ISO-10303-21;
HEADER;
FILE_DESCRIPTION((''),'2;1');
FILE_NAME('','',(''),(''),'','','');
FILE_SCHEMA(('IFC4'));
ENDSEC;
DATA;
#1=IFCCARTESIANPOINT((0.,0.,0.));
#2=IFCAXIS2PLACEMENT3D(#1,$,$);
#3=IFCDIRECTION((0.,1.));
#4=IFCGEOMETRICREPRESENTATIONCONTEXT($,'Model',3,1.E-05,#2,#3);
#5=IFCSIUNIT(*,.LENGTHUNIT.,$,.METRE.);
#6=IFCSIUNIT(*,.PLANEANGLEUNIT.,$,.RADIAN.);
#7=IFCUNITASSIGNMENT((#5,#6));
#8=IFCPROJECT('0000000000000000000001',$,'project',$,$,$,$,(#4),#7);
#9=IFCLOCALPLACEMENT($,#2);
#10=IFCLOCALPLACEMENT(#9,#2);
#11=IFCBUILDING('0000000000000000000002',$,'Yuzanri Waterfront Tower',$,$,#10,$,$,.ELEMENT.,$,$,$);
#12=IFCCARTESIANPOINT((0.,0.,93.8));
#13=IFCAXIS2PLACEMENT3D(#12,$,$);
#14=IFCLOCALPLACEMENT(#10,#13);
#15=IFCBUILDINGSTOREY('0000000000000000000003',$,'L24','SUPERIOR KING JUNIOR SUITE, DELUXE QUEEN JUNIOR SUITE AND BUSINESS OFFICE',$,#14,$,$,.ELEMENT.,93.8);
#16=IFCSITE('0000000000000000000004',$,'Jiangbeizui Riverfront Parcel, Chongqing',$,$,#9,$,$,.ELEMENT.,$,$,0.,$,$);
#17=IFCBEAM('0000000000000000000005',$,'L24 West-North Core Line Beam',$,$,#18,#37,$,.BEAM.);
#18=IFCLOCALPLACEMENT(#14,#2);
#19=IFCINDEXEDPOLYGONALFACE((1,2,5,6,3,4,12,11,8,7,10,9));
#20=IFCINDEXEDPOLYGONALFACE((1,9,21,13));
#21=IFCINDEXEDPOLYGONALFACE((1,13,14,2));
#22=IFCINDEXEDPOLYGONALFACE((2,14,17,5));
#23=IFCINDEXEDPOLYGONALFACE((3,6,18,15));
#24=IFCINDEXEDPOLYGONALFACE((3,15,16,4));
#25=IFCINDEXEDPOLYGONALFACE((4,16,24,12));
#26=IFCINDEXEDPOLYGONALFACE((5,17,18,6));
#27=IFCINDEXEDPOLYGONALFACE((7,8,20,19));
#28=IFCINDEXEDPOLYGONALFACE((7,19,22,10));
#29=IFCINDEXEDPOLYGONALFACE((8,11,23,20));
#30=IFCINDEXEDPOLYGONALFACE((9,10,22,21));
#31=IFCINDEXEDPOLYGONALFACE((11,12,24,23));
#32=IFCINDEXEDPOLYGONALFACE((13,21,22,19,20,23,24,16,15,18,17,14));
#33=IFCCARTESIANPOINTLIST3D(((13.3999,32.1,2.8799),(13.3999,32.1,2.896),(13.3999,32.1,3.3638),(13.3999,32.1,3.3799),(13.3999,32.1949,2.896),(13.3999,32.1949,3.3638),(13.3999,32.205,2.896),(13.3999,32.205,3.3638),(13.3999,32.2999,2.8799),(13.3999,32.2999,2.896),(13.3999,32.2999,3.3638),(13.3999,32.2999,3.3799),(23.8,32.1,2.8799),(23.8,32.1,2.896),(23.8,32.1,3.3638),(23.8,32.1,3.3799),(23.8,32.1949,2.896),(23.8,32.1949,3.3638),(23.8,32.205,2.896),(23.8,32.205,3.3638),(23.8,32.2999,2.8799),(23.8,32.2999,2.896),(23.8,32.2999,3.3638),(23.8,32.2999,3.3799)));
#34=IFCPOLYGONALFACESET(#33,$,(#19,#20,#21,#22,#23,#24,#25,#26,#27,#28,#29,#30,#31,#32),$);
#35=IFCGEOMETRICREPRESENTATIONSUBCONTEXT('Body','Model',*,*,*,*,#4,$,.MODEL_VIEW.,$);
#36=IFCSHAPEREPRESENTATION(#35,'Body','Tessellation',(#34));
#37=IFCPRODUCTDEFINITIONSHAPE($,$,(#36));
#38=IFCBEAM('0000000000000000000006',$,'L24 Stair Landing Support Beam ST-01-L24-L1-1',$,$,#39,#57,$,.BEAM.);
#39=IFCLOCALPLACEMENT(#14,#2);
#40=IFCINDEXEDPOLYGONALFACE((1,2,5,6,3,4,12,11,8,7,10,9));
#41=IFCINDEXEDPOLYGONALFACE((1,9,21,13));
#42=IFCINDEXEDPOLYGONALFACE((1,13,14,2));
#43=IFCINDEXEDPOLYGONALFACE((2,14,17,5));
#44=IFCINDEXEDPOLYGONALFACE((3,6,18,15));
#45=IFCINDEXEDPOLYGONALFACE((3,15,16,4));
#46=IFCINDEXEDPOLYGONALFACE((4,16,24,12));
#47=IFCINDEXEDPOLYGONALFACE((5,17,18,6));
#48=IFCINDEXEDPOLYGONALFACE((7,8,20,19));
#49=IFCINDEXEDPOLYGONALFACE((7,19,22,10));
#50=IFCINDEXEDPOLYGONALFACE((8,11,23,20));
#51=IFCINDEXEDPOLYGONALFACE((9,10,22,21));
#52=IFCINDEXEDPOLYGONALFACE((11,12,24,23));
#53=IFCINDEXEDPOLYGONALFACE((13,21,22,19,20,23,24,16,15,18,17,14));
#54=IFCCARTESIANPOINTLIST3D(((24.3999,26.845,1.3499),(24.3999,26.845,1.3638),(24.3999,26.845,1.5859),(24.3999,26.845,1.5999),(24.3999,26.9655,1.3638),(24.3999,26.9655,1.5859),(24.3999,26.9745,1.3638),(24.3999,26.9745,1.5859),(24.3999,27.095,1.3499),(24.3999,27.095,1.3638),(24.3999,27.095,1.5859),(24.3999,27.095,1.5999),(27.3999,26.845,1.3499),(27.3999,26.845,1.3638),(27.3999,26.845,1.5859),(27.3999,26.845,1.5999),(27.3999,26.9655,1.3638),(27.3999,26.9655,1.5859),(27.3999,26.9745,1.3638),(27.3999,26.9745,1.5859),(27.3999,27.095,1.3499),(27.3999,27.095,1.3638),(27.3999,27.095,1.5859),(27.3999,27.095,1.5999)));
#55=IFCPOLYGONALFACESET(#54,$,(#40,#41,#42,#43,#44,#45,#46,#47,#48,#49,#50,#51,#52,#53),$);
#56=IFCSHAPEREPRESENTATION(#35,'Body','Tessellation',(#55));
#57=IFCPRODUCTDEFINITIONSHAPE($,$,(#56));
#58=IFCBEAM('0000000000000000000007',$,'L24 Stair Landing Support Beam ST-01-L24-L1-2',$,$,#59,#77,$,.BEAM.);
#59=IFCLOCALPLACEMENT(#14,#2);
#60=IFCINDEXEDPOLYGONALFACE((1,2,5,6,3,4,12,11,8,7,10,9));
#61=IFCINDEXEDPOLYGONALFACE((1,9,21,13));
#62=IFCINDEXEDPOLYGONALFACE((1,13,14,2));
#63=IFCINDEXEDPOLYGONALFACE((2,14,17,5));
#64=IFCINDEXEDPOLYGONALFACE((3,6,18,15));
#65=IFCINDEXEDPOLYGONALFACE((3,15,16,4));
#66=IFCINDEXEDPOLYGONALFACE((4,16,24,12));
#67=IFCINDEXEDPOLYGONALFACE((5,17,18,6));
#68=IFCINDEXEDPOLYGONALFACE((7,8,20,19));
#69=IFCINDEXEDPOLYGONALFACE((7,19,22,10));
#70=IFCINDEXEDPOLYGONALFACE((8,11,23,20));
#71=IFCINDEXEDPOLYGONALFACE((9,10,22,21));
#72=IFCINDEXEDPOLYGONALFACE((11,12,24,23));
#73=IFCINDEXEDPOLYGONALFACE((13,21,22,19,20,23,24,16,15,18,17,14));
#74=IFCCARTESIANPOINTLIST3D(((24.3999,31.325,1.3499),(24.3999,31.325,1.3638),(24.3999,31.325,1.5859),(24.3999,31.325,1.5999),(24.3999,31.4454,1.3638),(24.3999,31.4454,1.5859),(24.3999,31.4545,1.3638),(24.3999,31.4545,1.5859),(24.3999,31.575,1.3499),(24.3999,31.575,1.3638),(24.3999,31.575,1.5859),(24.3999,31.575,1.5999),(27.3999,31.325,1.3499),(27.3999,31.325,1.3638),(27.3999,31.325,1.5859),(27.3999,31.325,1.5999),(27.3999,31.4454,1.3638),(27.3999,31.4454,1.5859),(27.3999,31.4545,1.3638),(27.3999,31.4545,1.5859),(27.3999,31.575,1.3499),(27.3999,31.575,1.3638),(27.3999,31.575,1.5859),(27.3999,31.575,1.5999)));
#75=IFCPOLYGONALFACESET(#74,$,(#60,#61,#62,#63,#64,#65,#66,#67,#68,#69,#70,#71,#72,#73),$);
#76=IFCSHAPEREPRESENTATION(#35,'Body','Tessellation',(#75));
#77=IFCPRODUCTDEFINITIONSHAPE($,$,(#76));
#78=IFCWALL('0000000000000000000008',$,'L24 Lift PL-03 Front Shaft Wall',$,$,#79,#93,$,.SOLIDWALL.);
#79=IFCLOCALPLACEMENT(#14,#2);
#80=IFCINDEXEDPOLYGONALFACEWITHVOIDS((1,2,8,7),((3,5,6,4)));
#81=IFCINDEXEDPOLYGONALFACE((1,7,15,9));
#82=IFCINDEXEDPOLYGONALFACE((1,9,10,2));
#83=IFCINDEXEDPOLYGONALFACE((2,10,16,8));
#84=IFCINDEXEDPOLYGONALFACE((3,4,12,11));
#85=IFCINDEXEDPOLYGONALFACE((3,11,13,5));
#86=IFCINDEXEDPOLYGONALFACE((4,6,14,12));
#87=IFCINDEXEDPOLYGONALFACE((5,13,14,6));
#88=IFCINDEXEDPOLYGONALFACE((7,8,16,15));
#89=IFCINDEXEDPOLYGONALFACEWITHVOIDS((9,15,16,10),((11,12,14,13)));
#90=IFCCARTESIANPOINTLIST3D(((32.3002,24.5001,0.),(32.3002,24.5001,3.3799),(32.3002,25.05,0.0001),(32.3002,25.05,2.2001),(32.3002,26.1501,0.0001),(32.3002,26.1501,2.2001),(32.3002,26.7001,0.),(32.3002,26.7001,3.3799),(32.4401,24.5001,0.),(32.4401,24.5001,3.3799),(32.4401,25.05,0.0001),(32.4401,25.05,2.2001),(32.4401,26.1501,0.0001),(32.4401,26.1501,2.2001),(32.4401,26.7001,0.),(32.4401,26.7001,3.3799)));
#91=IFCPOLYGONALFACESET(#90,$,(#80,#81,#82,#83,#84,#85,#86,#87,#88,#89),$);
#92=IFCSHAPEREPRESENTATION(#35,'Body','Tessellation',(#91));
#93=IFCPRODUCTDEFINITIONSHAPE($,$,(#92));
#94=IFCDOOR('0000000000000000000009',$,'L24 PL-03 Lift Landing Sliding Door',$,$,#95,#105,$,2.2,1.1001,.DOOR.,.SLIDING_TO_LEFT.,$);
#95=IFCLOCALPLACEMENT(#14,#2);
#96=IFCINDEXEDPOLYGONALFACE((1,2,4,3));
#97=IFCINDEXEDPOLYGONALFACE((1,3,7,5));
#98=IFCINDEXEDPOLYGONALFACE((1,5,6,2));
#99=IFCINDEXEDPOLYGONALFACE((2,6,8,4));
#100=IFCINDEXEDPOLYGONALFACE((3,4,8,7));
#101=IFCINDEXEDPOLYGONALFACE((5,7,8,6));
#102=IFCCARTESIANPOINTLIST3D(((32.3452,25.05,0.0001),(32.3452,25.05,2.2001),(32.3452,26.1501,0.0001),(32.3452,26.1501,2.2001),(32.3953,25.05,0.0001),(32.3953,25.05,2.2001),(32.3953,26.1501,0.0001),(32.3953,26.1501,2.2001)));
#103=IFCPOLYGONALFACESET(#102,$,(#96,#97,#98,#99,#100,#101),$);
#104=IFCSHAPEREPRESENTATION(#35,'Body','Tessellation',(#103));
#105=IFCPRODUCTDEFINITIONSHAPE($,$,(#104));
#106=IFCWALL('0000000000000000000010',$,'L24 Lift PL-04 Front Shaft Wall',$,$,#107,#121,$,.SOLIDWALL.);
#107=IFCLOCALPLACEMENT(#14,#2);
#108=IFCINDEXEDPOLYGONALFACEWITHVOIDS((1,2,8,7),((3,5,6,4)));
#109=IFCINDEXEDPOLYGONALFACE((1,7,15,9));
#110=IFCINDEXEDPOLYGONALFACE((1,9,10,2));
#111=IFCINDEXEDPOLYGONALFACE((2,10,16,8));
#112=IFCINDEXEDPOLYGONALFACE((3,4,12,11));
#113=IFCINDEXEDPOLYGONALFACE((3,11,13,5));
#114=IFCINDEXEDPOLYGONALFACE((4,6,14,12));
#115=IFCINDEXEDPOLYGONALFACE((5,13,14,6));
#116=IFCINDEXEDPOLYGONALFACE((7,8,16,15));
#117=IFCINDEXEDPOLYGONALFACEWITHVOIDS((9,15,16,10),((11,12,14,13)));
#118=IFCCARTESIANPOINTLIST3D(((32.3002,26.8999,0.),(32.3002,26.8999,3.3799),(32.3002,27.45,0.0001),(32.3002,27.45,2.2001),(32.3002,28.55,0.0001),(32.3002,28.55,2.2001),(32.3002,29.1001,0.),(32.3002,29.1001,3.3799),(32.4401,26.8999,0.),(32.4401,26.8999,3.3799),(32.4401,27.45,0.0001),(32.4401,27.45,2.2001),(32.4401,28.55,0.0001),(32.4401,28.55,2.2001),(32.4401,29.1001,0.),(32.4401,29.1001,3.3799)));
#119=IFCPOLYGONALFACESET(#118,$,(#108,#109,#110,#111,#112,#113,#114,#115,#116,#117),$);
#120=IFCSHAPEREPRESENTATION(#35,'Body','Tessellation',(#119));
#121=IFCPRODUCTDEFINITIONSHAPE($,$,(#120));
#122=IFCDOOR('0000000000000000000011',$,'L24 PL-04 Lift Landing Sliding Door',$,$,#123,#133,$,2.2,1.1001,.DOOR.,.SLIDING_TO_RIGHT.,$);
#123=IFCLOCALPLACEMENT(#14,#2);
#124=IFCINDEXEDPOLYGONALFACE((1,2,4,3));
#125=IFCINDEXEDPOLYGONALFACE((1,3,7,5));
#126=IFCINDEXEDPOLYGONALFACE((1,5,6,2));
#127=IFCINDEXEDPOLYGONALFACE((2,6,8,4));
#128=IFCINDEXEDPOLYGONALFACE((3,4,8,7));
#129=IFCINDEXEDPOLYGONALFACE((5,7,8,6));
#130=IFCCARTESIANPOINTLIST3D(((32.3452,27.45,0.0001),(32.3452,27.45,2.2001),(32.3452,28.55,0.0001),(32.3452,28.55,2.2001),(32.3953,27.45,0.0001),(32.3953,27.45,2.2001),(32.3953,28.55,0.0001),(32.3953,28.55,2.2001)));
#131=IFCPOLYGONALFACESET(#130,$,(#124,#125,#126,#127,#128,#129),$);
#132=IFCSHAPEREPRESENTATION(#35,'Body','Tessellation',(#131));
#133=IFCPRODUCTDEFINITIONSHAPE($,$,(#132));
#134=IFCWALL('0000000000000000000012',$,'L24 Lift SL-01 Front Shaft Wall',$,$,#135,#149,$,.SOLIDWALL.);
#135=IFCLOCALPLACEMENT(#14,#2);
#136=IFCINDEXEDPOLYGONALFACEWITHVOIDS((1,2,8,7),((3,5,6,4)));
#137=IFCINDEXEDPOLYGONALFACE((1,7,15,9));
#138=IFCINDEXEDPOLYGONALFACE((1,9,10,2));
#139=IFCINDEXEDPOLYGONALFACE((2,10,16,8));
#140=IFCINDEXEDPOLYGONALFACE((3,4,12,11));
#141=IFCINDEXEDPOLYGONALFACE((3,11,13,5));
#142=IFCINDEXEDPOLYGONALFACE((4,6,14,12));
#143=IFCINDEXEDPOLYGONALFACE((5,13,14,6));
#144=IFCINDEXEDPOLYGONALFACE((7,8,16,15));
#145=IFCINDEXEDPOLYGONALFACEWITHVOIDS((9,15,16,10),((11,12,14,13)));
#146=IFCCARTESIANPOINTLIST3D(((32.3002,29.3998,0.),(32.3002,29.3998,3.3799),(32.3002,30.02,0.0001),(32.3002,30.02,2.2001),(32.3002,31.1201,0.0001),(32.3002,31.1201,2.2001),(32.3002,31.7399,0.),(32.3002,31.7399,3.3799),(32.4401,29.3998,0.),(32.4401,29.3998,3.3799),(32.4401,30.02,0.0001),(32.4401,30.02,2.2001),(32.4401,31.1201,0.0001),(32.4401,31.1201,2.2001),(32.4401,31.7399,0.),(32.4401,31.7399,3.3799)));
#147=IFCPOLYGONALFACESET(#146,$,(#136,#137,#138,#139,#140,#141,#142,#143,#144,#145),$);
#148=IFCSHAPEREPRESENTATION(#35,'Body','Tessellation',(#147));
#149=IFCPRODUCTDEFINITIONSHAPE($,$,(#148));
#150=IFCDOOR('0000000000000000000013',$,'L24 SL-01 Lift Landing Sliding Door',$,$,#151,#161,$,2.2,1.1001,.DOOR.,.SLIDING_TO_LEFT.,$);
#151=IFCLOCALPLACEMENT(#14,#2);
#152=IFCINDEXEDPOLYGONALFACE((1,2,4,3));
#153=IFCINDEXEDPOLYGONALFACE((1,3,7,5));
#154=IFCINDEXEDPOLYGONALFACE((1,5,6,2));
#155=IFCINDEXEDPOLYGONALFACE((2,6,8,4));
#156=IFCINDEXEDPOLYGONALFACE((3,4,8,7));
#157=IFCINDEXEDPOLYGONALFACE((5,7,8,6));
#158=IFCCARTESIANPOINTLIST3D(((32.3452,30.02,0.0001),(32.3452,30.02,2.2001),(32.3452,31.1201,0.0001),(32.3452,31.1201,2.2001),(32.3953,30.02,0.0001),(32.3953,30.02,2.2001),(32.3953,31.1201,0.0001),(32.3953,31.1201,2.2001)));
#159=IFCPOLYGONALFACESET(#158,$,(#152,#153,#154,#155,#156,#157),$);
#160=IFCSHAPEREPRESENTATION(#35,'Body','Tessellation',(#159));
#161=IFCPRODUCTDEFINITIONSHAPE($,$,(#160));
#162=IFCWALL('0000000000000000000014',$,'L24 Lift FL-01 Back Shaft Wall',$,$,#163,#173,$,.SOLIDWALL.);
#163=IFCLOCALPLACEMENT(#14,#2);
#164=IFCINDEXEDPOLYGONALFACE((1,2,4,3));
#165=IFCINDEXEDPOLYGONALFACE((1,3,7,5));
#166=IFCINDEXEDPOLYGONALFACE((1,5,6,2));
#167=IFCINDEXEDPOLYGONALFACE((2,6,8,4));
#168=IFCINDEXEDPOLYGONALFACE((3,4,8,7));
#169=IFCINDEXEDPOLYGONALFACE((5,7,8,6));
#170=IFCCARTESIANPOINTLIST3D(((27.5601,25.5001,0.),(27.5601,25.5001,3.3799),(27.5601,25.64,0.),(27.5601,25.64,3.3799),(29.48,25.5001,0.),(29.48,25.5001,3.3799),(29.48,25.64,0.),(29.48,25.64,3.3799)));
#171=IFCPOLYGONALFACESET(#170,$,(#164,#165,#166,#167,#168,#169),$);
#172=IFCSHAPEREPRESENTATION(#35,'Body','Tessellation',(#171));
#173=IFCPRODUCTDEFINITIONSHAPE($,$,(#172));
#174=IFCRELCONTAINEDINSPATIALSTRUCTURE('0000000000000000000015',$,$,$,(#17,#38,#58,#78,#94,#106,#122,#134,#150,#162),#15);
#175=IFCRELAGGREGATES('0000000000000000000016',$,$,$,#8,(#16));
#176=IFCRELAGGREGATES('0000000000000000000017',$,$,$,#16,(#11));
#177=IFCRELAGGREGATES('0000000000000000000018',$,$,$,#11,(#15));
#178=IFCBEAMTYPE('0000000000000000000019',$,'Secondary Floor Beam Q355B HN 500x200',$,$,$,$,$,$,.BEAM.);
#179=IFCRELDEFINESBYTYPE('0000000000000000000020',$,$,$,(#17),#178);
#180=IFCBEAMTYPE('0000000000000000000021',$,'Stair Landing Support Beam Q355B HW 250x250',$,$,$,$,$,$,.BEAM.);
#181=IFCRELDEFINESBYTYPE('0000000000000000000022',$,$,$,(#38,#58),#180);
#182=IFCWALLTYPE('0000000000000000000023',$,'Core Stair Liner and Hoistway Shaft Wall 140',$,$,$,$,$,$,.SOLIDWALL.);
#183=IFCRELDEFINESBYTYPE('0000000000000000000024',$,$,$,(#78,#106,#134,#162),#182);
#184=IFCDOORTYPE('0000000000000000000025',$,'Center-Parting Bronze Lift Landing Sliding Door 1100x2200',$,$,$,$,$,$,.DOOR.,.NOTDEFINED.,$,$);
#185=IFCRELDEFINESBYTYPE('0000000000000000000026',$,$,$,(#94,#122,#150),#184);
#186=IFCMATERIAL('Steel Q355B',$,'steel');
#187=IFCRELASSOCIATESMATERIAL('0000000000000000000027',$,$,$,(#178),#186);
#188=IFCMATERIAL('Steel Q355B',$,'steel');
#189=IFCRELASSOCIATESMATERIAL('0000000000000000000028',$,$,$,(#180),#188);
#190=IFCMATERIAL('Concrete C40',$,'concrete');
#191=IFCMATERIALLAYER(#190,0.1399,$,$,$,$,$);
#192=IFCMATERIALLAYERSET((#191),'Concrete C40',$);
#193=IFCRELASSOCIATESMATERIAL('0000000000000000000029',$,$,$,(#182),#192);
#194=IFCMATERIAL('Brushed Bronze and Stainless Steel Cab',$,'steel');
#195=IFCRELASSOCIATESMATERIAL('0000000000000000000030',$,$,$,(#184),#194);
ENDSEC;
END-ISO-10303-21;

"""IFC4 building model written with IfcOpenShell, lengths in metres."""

from ifc_helpers import new_model, si_unit, direction, frame, frame_2d, origin, origin_2d, place, context, subcontext, project, spatial, rectangle, i_section, extrude, source, transform, mapped, material, layer, layer_set, material_profile, profile_set, type_object, element, fill, save


model = new_model("IFC4")

# Units and contexts
model_context = context("Model", 3, precision=1e-05, world=origin(), true_north=direction((0.0, 1.0)))
body_context = subcontext(model_context, "Body", "Model", "MODEL_VIEW")
ifc_project = project(units=[si_unit("LENGTHUNIT", "METRE"), si_unit("PLANEANGLEUNIT", "RADIAN")], contexts=[model_context])

# Site, building, storey
site_placement = place(None, origin())
site = spatial("IfcSite", under=ifc_project, at=site_placement, Name="Jiangbeizui Riverfront Parcel, Chongqing", CompositionType="ELEMENT", RefElevation=0.0)
building_placement = place(site_placement, origin())
building = spatial("IfcBuilding", under=site, at=building_placement, Name="Yuzanri Waterfront Tower", CompositionType="ELEMENT")
storey_placement = place(building_placement, frame((0.0, 0.0, 93.8)))
storey = spatial("IfcBuildingStorey", under=building, at=storey_placement, Name="L24", Description="SUPERIOR KING JUNIOR SUITE, DELUXE QUEEN JUNIOR SUITE AND BUSINESS OFFICE", CompositionType="ELEMENT", Elevation=93.8)

# Beams
ifc_material_1 = material(Name="Steel Q355B", Category="steel")
ifc_material_profile_1 = material_profile(ifc_material_1, i_section(OverallWidth=0.2, OverallDepth=0.5, WebThickness=0.01, FlangeThickness=0.0161, at=origin_2d()), Name="HN 500x200x10x16")
ifc_profile_set_1 = profile_set([ifc_material_profile_1], Name="Steel Q355B")
beam_type_1 = type_object("IfcBeamType", Name="Secondary Floor Beam Q355B HN 500x200", PredefinedType="BEAM", material=ifc_profile_set_1)
shared_shape_1 = source(origin(), body_context, "Body", "SweptSolid", [
    extrude(i_section(OverallWidth=0.2, OverallDepth=0.5, WebThickness=0.01, FlangeThickness=0.0161, at=origin_2d()), origin(), (0.0, 0.0, 1.0), 10.4001),
])
beam_placement = place(storey_placement, frame((23.8, 32.2, 3.1299), z_axis=(-1.0, 0.0, 0.0), x_axis=(0.0, -1.0, 0.0)))
element("IfcBeam", 1, at=beam_placement, inside=storey, type_object=beam_type_1, Name="L24 West-North Core Line Beam", PredefinedType="BEAM", context=body_context, shape_type="MappedRepresentation", body=[
    mapped(shared_shape_1, transform((0.0, 0.0, 0.0), scale=1.0)),
])
ifc_material_2 = material(Name="Steel Q355B", Category="steel")
ifc_material_profile_2 = material_profile(ifc_material_2, i_section(OverallWidth=0.25, OverallDepth=0.25, WebThickness=0.009, FlangeThickness=0.0139, at=origin_2d()), Name="HW 250x250x9x14")
ifc_profile_set_2 = profile_set([ifc_material_profile_2], Name="Steel Q355B")
beam_type_2 = type_object("IfcBeamType", Name="Stair Landing Support Beam Q355B HW 250x250", PredefinedType="BEAM", material=ifc_profile_set_2)
shared_shape_2 = source(origin(), body_context, "Body", "SweptSolid", [
    extrude(i_section(OverallWidth=0.25, OverallDepth=0.25, WebThickness=0.009, FlangeThickness=0.0139, at=origin_2d()), origin(), (0.0, 0.0, 1.0), 3.0),
])
for number, where, z_axis, x_axis, name in (
    (2, (24.3999, 26.97, 1.4749), (1.0, 0.0, 0.0), (0.0, 1.0, 0.0), "L24 Stair Landing Support Beam ST-01-L24-L1-1"),
    (3, (24.3999, 31.45, 1.4749), (1.0, 0.0, 0.0), (0.0, 1.0, 0.0), "L24 Stair Landing Support Beam ST-01-L24-L1-2"),
):
    element("IfcBeam", number, at=place(storey_placement, frame(where, z_axis=z_axis, x_axis=x_axis)), inside=storey, type_object=beam_type_2, Name=name, PredefinedType="BEAM", context=body_context, shape_type="MappedRepresentation", body=[
        mapped(shared_shape_2, transform((0.0, 0.0, 0.0), scale=1.0)),
    ])

# Walls, openings, doors
ifc_material_3 = material(Name="Concrete C40", Category="concrete")
ifc_layer_1 = layer(ifc_material_3, 0.1399)
ifc_layer_set_1 = layer_set([ifc_layer_1], Name="Concrete C40")
wall_type_1 = type_object("IfcWallType", Name="Core Stair Liner and Hoistway Shaft Wall 140", PredefinedType="SOLIDWALL", material=ifc_layer_set_1)
wall_1_placement = place(storey_placement, frame((32.3701, 24.5, 0.0), z_axis=(0.0, 0.0, 1.0), x_axis=(0.0, 1.0, 0.0)))
wall_1 = element("IfcWall", 4, at=wall_1_placement, inside=storey, type_object=wall_type_1, Name="L24 Lift PL-03 Front Shaft Wall", PredefinedType="SOLIDWALL", context=body_context, shape_type="SweptSolid", body=[
    extrude(rectangle(XDim=2.2, YDim=0.1399, at=frame_2d((1.1001, 0.0))), origin(), (0.0, 0.0, 1.0), 3.3799),
])
opening_1_placement = place(wall_1_placement, frame((0.55, 0.0, 0.0)))
opening_1 = element("IfcOpeningElement", 5, at=opening_1_placement, cuts=wall_1, PredefinedType="OPENING", context=body_context, shape_type="SweptSolid", body=[
    extrude(rectangle(XDim=1.1001, YDim=2.2, at=frame_2d((0.55, 1.1001))), frame((0.0, 0.085, 0.0), z_axis=(0.0, -1.0, 0.0), x_axis=(1.0, 0.0, 0.0)), (0.0, 0.0, 1.0), 0.1697),
])
ifc_material_4 = material(Name="Brushed Bronze and Stainless Steel Cab", Category="steel")
door_type_1 = type_object("IfcDoorType", Name="Center-Parting Bronze Lift Landing Sliding Door 1100x2200", OperationType="NOTDEFINED", PredefinedType="DOOR", material=ifc_material_4)
shared_shape_3 = source(origin(), body_context, "Body", "SweptSolid", [
    extrude(rectangle(XDim=1.1001, YDim=2.2, at=frame_2d((0.55, 1.1001))), frame((0.0, 0.0249, 0.0), z_axis=(0.0, -1.0, 0.0), x_axis=(1.0, 0.0, 0.0)), (0.0, 0.0, 1.0), 0.05),
])
door_1_placement = place(opening_1_placement, origin())
door_1 = element("IfcDoor", 6, at=door_1_placement, inside=storey, type_object=door_type_1, Name="L24 PL-03 Lift Landing Sliding Door", OperationType="SLIDING_TO_LEFT", OverallHeight=2.2, OverallWidth=1.1001, PredefinedType="DOOR", context=body_context, shape_type="MappedRepresentation", body=[
    mapped(shared_shape_3, transform((0.0, 0.0, 0.0), scale=1.0)),
])
fill(opening_1, door_1)
wall_2_placement = place(storey_placement, frame((32.3701, 26.8999, 0.0), z_axis=(0.0, 0.0, 1.0), x_axis=(0.0, 1.0, 0.0)))
wall_2 = element("IfcWall", 7, at=wall_2_placement, inside=storey, type_object=wall_type_1, Name="L24 Lift PL-04 Front Shaft Wall", PredefinedType="SOLIDWALL", context=body_context, shape_type="SweptSolid", body=[
    extrude(rectangle(XDim=2.2002, YDim=0.1399, at=frame_2d((1.1001, 0.0))), origin(), (0.0, 0.0, 1.0), 3.3799),
])
opening_2_placement = place(wall_2_placement, frame((0.55, 0.0, 0.0)))
opening_2 = element("IfcOpeningElement", 8, at=opening_2_placement, cuts=wall_2, PredefinedType="OPENING", context=body_context, shape_type="SweptSolid", body=[
    extrude(rectangle(XDim=1.1001, YDim=2.2, at=frame_2d((0.55, 1.1001))), frame((0.0, 0.085, 0.0), z_axis=(0.0, -1.0, 0.0), x_axis=(1.0, 0.0, 0.0)), (0.0, 0.0, 1.0), 0.1697),
])
door_2_placement = place(opening_2_placement, origin())
door_2 = element("IfcDoor", 9, at=door_2_placement, inside=storey, type_object=door_type_1, Name="L24 PL-04 Lift Landing Sliding Door", OperationType="SLIDING_TO_RIGHT", OverallHeight=2.2, OverallWidth=1.1001, PredefinedType="DOOR", context=body_context, shape_type="MappedRepresentation", body=[
    mapped(shared_shape_3, transform((0.0, 0.0, 0.0), scale=1.0)),
])
fill(opening_2, door_2)
wall_3_placement = place(storey_placement, frame((32.3701, 29.3999, 0.0), z_axis=(0.0, 0.0, 1.0), x_axis=(0.0, 1.0, 0.0)))
wall_3 = element("IfcWall", 10, at=wall_3_placement, inside=storey, type_object=wall_type_1, Name="L24 Lift SL-01 Front Shaft Wall", PredefinedType="SOLIDWALL", context=body_context, shape_type="SweptSolid", body=[
    extrude(rectangle(XDim=2.3401, YDim=0.1399, at=frame_2d((1.1699, 0.0))), origin(), (0.0, 0.0, 1.0), 3.3799),
])
opening_3_placement = place(wall_3_placement, frame((0.6201, 0.0, 0.0)))
opening_3 = element("IfcOpeningElement", 11, at=opening_3_placement, cuts=wall_3, PredefinedType="OPENING", context=body_context, shape_type="SweptSolid", body=[
    extrude(rectangle(XDim=1.1001, YDim=2.2, at=frame_2d((0.55, 1.1001))), frame((0.0, 0.085, 0.0), z_axis=(0.0, -1.0, 0.0), x_axis=(1.0, 0.0, 0.0)), (0.0, 0.0, 1.0), 0.1697),
])
door_3_placement = place(opening_3_placement, origin())
door_3 = element("IfcDoor", 12, at=door_3_placement, inside=storey, type_object=door_type_1, Name="L24 SL-01 Lift Landing Sliding Door", OperationType="SLIDING_TO_LEFT", OverallHeight=2.2, OverallWidth=1.1001, PredefinedType="DOOR", context=body_context, shape_type="MappedRepresentation", body=[
    mapped(shared_shape_3, transform((0.0, 0.0, 0.0), scale=1.0)),
])
fill(opening_3, door_3)

# Wall
shared_shape_4 = source(origin(), body_context, "Body", "SweptSolid", [
    extrude(rectangle(XDim=1.9199, YDim=0.1399, at=frame_2d((0.96, 0.0))), origin(), (0.0, 0.0, 1.0), 3.3799),
])
wall_4_placement = place(storey_placement, frame((27.5601, 25.5701, 0.0), z_axis=(0.0, 0.0, 1.0), x_axis=(1.0, 0.0, 0.0)))
element("IfcWall", 13, at=wall_4_placement, inside=storey, type_object=wall_type_1, Name="L24 Lift FL-01 Back Shaft Wall", PredefinedType="SOLIDWALL", context=body_context, shape_type="MappedRepresentation", body=[
    mapped(shared_shape_4, transform((0.0, 0.0, 0.0), scale=1.0)),
])

save(model, "model.ifc")
